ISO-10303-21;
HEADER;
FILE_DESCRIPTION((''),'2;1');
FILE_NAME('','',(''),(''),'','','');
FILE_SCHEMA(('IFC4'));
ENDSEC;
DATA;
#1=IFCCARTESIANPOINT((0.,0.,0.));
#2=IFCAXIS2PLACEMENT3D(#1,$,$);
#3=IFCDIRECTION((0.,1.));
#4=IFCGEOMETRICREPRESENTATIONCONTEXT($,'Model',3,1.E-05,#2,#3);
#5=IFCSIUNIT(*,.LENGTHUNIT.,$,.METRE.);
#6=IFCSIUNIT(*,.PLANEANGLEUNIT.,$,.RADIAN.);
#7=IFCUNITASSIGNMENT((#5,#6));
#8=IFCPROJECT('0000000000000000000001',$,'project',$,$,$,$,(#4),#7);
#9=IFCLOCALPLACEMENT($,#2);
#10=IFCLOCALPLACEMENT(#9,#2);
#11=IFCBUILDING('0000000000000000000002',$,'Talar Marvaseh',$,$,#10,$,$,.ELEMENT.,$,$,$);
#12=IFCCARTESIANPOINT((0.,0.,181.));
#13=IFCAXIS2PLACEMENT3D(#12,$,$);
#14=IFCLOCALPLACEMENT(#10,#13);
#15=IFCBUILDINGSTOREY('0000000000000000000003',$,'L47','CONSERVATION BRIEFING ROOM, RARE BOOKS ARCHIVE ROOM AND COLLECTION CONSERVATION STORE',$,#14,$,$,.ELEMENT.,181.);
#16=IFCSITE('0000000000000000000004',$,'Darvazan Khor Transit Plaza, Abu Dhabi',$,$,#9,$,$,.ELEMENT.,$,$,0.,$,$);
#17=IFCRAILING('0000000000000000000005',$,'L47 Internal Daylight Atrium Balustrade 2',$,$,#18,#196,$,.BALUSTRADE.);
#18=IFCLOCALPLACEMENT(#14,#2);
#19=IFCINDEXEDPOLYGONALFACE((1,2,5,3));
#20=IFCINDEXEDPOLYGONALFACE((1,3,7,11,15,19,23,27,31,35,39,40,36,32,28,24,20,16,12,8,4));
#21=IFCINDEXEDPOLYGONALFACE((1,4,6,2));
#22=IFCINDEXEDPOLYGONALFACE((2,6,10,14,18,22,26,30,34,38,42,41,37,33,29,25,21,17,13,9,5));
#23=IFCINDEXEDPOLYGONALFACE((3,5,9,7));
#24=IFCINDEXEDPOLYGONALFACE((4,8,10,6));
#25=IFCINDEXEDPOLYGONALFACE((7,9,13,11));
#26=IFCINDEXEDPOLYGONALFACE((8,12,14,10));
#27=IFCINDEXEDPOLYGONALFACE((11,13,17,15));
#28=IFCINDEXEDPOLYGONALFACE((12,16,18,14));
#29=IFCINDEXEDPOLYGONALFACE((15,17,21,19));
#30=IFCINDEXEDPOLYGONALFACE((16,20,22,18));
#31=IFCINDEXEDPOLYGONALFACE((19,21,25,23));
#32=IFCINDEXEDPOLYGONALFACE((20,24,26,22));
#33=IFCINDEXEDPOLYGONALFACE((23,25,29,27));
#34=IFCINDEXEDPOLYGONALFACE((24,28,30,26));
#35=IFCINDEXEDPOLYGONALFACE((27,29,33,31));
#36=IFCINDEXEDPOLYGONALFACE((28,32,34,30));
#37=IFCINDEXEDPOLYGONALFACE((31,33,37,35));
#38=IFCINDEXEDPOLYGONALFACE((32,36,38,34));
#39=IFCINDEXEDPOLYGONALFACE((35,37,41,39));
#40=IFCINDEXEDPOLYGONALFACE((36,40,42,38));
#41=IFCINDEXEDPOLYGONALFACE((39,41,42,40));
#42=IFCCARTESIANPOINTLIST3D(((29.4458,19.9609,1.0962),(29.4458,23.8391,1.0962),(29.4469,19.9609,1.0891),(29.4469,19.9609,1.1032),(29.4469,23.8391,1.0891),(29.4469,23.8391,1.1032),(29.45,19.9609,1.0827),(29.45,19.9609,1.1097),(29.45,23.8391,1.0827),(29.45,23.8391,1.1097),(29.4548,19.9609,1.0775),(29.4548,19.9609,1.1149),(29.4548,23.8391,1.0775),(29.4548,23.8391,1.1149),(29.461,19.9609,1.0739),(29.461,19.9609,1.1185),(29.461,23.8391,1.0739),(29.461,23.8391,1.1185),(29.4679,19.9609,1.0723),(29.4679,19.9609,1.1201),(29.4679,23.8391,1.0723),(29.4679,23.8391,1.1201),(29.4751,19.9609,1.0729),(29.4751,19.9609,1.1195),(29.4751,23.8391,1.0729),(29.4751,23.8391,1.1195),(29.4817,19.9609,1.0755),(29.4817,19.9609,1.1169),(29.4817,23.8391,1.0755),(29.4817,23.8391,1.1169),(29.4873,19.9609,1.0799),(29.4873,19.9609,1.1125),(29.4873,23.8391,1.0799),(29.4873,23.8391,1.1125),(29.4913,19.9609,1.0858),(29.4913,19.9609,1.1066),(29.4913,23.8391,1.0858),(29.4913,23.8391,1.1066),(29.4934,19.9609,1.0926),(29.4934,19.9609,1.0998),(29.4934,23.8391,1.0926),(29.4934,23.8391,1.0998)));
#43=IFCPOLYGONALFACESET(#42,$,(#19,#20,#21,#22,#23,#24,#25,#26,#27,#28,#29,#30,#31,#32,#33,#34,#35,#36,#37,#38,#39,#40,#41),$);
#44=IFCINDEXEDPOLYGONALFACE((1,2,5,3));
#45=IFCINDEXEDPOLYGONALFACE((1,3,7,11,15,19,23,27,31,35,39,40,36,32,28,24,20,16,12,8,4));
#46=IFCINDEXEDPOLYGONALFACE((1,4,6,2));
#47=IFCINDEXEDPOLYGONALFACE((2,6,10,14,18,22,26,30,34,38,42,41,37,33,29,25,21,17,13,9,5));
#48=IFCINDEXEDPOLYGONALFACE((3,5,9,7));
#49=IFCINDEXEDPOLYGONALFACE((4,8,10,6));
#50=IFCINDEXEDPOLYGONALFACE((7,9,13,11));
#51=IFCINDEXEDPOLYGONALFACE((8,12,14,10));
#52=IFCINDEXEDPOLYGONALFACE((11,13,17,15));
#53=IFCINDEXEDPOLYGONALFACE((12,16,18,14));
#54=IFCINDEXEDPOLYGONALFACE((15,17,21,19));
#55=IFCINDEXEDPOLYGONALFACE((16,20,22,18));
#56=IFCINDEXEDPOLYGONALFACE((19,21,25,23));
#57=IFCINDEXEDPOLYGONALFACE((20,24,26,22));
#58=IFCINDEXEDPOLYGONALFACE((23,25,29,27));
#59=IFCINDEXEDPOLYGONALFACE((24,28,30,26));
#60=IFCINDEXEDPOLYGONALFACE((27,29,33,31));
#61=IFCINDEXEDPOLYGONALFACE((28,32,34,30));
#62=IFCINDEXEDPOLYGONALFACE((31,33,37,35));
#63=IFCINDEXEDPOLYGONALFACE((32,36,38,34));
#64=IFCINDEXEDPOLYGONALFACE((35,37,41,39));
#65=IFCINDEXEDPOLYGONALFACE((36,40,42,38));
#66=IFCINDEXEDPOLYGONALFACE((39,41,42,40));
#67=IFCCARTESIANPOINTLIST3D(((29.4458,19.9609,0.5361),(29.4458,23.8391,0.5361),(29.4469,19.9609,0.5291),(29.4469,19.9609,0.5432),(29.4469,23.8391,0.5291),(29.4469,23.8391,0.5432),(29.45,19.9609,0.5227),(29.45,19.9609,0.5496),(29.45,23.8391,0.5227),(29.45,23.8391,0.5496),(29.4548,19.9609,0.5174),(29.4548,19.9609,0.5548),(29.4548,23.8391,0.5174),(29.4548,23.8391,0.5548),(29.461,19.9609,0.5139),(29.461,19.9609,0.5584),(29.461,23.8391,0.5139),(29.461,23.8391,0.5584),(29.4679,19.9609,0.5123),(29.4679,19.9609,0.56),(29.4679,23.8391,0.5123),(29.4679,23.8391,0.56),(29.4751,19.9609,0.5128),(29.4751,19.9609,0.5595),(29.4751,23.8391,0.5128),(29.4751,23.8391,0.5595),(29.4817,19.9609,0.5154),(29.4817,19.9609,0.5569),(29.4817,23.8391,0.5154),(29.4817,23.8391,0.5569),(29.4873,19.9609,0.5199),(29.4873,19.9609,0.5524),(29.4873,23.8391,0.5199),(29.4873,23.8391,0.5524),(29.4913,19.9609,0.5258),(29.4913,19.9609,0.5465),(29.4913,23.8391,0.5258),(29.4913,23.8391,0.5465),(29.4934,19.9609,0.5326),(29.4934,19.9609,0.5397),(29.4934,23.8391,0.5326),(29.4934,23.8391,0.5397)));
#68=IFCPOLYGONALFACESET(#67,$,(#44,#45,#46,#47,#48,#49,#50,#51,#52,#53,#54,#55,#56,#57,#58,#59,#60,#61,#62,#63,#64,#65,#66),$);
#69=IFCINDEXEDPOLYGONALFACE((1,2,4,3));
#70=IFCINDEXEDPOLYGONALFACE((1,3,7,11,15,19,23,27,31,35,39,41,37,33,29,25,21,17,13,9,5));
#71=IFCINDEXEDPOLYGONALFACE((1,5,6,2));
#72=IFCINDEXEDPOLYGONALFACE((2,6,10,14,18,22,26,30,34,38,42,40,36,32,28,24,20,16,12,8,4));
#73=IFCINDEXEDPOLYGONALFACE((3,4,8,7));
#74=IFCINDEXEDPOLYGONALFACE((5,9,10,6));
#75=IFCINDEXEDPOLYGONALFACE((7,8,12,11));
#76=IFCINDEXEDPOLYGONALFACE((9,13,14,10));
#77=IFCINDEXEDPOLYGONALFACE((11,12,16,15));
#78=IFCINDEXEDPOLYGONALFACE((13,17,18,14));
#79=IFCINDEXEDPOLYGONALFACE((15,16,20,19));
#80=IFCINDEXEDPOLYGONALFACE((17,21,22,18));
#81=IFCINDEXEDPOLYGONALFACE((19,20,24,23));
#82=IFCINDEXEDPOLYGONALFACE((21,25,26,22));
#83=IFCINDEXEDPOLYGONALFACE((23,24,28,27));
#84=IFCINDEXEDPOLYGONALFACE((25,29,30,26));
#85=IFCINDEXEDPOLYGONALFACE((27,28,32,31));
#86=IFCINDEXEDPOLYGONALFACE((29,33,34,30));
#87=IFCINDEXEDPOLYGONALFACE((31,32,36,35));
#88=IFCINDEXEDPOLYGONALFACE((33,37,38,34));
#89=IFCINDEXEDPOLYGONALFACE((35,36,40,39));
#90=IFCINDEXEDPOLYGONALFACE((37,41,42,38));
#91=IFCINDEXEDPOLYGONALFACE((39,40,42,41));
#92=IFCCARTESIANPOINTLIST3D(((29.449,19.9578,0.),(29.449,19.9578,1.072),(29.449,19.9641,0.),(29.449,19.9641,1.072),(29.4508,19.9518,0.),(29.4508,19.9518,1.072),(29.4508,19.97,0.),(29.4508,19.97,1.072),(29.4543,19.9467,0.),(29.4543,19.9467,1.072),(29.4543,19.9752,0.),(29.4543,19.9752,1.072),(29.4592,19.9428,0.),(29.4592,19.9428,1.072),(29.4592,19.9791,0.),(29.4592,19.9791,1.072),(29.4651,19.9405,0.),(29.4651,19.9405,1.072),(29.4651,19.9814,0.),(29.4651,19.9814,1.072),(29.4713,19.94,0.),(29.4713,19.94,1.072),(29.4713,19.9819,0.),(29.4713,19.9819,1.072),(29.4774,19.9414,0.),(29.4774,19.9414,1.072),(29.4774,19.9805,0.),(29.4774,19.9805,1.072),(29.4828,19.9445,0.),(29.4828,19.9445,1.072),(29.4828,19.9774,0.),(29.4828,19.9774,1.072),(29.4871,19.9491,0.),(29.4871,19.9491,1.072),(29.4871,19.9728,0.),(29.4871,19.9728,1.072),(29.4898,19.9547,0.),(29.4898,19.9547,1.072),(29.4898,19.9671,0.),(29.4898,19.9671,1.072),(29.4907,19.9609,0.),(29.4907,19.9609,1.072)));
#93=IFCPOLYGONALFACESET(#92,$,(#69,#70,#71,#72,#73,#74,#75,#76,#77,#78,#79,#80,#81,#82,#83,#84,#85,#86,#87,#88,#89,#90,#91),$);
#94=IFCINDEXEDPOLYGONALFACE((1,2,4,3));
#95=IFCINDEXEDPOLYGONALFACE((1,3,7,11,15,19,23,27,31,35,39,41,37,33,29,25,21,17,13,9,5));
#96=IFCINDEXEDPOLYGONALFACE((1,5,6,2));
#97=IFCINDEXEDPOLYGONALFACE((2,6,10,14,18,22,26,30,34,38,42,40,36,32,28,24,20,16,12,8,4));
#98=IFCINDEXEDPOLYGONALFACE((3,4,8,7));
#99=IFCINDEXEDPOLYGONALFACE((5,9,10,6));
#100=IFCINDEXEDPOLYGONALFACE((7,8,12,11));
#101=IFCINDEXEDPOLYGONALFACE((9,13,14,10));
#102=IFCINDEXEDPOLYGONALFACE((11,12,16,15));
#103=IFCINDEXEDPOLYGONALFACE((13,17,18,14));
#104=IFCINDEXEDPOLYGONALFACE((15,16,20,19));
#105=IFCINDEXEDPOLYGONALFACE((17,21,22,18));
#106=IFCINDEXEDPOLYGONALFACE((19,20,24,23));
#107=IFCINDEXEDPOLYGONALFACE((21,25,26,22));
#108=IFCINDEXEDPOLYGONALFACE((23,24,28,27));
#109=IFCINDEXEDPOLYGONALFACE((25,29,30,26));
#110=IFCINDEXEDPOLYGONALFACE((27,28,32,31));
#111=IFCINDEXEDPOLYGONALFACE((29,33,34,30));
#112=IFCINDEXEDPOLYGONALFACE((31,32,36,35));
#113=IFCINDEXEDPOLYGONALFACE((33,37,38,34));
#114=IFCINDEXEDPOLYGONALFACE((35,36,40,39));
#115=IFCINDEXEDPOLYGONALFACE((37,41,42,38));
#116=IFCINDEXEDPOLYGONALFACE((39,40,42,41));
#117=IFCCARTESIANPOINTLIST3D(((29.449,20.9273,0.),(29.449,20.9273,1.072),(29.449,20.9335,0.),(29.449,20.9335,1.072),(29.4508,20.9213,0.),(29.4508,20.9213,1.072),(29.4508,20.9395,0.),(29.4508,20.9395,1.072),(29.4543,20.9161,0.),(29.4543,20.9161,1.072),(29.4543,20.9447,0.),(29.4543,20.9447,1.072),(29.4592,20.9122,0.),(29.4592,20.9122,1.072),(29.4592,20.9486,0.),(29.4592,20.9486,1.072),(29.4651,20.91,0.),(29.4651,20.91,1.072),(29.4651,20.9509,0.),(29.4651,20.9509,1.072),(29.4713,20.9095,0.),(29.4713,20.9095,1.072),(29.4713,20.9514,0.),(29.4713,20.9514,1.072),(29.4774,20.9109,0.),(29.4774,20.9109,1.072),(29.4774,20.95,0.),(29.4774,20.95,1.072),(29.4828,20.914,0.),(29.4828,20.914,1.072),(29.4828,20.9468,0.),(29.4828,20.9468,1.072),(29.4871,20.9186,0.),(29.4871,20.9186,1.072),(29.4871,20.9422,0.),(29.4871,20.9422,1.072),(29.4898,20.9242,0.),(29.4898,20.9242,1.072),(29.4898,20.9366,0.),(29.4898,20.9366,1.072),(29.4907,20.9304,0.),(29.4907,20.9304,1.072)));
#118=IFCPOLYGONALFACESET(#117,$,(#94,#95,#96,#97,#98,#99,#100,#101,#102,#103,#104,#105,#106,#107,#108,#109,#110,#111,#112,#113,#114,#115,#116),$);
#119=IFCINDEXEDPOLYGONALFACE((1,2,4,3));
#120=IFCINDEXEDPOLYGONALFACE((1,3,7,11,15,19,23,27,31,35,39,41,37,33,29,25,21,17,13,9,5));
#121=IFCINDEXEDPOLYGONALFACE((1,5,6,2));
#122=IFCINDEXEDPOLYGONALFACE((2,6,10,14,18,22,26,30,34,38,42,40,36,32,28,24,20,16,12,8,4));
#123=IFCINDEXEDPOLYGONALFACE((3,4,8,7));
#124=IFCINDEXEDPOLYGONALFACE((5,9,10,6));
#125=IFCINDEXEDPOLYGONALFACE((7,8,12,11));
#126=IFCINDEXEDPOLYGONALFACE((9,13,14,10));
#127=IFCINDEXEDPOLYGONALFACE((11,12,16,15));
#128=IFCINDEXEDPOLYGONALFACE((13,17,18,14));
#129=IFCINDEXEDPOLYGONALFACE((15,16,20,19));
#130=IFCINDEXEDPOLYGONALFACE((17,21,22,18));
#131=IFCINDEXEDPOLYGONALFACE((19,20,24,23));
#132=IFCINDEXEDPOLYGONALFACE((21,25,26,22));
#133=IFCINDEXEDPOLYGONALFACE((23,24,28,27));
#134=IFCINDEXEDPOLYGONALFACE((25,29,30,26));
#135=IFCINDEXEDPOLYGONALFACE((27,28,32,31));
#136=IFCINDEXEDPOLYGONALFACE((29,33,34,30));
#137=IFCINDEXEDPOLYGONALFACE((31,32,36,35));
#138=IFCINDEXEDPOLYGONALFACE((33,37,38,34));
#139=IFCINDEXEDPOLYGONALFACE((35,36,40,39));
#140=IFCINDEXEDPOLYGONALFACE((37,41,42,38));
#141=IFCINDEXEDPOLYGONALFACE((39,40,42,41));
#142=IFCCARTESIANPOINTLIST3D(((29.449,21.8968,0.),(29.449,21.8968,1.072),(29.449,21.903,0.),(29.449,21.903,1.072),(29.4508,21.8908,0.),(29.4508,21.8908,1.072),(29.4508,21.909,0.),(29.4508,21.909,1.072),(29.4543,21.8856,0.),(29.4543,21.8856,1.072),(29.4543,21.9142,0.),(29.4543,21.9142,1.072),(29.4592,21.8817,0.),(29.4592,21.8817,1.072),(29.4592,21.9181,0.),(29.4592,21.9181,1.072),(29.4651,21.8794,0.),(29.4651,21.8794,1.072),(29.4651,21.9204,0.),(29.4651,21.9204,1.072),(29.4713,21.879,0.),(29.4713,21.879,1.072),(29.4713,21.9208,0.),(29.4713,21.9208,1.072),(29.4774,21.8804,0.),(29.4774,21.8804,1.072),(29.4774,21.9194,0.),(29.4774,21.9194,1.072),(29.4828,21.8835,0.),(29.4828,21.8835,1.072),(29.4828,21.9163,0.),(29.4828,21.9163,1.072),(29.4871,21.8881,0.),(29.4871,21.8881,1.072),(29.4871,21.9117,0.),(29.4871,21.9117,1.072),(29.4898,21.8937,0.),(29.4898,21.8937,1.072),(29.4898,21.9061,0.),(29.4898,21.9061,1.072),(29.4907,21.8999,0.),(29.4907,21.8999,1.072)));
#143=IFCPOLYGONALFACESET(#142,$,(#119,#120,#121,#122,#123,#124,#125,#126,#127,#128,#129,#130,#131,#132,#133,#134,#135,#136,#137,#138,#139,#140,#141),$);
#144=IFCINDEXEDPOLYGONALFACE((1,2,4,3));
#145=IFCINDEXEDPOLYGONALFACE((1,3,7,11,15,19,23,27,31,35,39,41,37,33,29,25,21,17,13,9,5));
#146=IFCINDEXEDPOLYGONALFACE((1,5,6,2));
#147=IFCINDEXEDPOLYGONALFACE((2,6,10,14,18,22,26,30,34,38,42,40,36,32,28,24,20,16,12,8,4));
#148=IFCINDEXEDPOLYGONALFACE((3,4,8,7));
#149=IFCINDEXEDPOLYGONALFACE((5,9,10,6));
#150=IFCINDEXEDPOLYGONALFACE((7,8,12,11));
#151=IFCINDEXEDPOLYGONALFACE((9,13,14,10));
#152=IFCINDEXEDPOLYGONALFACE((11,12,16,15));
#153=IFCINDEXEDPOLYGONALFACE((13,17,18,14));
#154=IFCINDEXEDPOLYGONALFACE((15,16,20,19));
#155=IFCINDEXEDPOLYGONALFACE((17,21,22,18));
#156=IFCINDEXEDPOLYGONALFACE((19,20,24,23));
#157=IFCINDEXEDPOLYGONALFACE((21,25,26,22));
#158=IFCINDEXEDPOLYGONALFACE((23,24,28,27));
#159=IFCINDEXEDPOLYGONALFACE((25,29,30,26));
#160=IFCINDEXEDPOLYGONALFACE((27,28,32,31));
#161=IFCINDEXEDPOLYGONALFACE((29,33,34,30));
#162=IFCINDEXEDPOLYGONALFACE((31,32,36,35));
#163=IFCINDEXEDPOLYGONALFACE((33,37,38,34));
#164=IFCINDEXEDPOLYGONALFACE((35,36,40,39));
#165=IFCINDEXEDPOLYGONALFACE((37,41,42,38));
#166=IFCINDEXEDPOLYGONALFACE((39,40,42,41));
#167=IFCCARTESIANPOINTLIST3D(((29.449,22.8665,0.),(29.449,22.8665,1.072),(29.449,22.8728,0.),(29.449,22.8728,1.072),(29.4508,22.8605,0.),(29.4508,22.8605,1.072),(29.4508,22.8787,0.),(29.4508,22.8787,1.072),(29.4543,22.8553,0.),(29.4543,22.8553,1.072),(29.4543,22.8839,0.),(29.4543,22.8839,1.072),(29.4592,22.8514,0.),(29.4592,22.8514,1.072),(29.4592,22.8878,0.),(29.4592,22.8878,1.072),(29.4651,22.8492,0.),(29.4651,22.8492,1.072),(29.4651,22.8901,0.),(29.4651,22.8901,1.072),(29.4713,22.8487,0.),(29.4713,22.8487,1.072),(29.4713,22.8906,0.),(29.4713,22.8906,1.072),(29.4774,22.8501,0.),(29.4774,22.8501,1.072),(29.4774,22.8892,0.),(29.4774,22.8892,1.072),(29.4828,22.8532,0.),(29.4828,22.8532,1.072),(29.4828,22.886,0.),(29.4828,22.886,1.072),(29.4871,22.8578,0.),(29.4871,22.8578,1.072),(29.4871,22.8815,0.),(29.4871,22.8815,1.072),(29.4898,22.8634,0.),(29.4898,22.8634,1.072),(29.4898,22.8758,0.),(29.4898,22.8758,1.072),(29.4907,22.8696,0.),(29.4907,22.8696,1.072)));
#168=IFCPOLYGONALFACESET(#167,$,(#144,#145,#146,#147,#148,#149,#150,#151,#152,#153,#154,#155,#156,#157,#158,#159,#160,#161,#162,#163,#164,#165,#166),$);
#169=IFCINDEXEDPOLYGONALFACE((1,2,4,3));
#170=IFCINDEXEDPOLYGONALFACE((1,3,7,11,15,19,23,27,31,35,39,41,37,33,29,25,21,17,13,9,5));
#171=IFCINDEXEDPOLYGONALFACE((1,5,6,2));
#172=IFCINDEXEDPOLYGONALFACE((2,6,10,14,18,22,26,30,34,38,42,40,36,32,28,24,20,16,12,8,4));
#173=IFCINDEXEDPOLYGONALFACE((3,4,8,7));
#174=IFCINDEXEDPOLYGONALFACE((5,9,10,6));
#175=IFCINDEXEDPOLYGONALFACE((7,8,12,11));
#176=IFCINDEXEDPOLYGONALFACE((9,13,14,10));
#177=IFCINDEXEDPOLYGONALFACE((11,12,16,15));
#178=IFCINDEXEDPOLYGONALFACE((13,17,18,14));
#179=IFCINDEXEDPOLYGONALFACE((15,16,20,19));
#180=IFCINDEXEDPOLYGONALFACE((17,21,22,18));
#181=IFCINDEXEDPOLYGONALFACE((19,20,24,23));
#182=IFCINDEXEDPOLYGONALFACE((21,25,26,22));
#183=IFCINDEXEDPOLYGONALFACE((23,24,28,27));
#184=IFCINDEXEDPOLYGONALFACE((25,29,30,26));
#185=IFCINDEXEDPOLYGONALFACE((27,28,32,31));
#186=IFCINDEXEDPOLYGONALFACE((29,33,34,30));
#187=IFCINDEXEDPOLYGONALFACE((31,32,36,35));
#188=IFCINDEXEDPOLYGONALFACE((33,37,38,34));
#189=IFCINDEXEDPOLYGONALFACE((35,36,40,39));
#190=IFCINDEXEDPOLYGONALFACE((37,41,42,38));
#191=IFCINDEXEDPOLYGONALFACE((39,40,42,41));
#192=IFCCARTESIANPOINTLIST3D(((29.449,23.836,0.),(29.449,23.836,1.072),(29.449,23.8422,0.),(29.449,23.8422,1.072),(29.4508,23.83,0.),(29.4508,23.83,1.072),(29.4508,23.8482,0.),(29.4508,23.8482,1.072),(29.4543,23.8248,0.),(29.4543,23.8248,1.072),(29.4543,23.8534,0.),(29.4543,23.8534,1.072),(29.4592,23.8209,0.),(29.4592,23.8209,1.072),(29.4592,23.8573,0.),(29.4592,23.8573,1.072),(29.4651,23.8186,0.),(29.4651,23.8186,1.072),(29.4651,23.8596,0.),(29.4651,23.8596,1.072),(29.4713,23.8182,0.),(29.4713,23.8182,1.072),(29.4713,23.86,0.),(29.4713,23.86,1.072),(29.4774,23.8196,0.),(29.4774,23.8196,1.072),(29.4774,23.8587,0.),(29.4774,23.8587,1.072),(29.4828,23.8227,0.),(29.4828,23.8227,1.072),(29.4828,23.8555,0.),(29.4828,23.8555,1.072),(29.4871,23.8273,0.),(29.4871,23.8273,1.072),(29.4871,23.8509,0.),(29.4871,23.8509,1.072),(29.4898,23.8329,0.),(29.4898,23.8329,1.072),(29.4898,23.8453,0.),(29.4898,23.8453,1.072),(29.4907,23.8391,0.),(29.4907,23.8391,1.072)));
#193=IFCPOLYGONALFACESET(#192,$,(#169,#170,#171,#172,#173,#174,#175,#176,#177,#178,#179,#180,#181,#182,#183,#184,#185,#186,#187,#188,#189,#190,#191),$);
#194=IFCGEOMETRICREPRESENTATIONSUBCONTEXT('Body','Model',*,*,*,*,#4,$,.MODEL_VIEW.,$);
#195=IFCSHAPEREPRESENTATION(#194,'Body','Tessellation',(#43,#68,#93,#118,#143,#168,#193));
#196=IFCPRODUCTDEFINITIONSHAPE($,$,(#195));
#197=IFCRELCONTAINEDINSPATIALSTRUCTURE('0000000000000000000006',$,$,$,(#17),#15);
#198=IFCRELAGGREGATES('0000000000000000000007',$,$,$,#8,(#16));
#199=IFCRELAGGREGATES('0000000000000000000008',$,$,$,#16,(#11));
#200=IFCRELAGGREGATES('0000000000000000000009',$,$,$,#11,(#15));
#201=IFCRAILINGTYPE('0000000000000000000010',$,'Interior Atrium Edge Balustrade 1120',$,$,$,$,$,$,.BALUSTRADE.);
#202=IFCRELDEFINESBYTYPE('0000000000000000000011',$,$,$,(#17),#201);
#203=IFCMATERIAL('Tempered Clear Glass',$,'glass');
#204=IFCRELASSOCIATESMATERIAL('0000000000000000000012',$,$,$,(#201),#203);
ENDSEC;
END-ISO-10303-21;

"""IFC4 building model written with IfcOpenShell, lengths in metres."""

from ifc_helpers import new_model, si_unit, direction, frame, origin, origin_2d, place, context, subcontext, project, spatial, circle, extrude, material, type_object, element, save


model = new_model("IFC4")

# Units and contexts
model_context = context("Model", 3, precision=1e-05, world=origin(), true_north=direction((0.0, 1.0)))
body_context = subcontext(model_context, "Body", "Model", "MODEL_VIEW")
ifc_project = project(units=[si_unit("LENGTHUNIT", "METRE"), si_unit("PLANEANGLEUNIT", "RADIAN")], contexts=[model_context])

# Site, building, storey
site_placement = place(None, origin())
site = spatial("IfcSite", under=ifc_project, at=site_placement, Name="Darvazan Khor Transit Plaza, Abu Dhabi", CompositionType="ELEMENT", RefElevation=0.0)
building_placement = place(site_placement, origin())
building = spatial("IfcBuilding", under=site, at=building_placement, Name="Talar Marvaseh", CompositionType="ELEMENT")
storey_placement = place(building_placement, frame((0.0, 0.0, 181.0)))
storey = spatial("IfcBuildingStorey", under=building, at=storey_placement, Name="L47", Description="CONSERVATION BRIEFING ROOM, RARE BOOKS ARCHIVE ROOM AND COLLECTION CONSERVATION STORE", CompositionType="ELEMENT", Elevation=181.0)

# Railing
ifc_material_1 = material(Name="Tempered Clear Glass", Category="glass")
railing_type = type_object("IfcRailingType", Name="Interior Atrium Edge Balustrade 1120", PredefinedType="BALUSTRADE", material=ifc_material_1)
railing_1_placement = place(storey_placement, frame((29.4697, 19.9609, 0.0)))
element("IfcRailing", 1, at=railing_1_placement, inside=storey, type_object=railing_type, Name="L47 Internal Daylight Atrium Balustrade 2", PredefinedType="BALUSTRADE", context=body_context, shape_type="SweptSolid", body=[
    extrude(circle(Radius=0.0239, at=origin_2d()), frame((0.0, 0.0, 1.0962), z_axis=(0.0, 1.0, 0.0), x_axis=(-1.0, 0.0, 0.0)), (0.0, 0.0, 1.0), 3.8782),
    extrude(circle(Radius=0.0239, at=origin_2d()), frame((0.0, 0.0, 0.5361), z_axis=(0.0, 1.0, 0.0), x_axis=(-1.0, 0.0, 0.0)), (0.0, 0.0, 1.0), 3.8782),
    extrude(circle(Radius=0.021, at=origin_2d()), origin(), (0.0, 0.0, 1.0), 1.072),
    extrude(circle(Radius=0.021, at=origin_2d()), frame((0.0, 0.9695, 0.0)), (0.0, 0.0, 1.0), 1.072),
    extrude(circle(Radius=0.021, at=origin_2d()), frame((0.0, 1.939, 0.0)), (0.0, 0.0, 1.0), 1.072),
    extrude(circle(Radius=0.021, at=origin_2d()), frame((0.0, 2.9087, 0.0)), (0.0, 0.0, 1.0), 1.072),
    extrude(circle(Radius=0.021, at=origin_2d()), frame((0.0, 3.8782, 0.0)), (0.0, 0.0, 1.0), 1.072),
])

save(model, "model.ifc")
